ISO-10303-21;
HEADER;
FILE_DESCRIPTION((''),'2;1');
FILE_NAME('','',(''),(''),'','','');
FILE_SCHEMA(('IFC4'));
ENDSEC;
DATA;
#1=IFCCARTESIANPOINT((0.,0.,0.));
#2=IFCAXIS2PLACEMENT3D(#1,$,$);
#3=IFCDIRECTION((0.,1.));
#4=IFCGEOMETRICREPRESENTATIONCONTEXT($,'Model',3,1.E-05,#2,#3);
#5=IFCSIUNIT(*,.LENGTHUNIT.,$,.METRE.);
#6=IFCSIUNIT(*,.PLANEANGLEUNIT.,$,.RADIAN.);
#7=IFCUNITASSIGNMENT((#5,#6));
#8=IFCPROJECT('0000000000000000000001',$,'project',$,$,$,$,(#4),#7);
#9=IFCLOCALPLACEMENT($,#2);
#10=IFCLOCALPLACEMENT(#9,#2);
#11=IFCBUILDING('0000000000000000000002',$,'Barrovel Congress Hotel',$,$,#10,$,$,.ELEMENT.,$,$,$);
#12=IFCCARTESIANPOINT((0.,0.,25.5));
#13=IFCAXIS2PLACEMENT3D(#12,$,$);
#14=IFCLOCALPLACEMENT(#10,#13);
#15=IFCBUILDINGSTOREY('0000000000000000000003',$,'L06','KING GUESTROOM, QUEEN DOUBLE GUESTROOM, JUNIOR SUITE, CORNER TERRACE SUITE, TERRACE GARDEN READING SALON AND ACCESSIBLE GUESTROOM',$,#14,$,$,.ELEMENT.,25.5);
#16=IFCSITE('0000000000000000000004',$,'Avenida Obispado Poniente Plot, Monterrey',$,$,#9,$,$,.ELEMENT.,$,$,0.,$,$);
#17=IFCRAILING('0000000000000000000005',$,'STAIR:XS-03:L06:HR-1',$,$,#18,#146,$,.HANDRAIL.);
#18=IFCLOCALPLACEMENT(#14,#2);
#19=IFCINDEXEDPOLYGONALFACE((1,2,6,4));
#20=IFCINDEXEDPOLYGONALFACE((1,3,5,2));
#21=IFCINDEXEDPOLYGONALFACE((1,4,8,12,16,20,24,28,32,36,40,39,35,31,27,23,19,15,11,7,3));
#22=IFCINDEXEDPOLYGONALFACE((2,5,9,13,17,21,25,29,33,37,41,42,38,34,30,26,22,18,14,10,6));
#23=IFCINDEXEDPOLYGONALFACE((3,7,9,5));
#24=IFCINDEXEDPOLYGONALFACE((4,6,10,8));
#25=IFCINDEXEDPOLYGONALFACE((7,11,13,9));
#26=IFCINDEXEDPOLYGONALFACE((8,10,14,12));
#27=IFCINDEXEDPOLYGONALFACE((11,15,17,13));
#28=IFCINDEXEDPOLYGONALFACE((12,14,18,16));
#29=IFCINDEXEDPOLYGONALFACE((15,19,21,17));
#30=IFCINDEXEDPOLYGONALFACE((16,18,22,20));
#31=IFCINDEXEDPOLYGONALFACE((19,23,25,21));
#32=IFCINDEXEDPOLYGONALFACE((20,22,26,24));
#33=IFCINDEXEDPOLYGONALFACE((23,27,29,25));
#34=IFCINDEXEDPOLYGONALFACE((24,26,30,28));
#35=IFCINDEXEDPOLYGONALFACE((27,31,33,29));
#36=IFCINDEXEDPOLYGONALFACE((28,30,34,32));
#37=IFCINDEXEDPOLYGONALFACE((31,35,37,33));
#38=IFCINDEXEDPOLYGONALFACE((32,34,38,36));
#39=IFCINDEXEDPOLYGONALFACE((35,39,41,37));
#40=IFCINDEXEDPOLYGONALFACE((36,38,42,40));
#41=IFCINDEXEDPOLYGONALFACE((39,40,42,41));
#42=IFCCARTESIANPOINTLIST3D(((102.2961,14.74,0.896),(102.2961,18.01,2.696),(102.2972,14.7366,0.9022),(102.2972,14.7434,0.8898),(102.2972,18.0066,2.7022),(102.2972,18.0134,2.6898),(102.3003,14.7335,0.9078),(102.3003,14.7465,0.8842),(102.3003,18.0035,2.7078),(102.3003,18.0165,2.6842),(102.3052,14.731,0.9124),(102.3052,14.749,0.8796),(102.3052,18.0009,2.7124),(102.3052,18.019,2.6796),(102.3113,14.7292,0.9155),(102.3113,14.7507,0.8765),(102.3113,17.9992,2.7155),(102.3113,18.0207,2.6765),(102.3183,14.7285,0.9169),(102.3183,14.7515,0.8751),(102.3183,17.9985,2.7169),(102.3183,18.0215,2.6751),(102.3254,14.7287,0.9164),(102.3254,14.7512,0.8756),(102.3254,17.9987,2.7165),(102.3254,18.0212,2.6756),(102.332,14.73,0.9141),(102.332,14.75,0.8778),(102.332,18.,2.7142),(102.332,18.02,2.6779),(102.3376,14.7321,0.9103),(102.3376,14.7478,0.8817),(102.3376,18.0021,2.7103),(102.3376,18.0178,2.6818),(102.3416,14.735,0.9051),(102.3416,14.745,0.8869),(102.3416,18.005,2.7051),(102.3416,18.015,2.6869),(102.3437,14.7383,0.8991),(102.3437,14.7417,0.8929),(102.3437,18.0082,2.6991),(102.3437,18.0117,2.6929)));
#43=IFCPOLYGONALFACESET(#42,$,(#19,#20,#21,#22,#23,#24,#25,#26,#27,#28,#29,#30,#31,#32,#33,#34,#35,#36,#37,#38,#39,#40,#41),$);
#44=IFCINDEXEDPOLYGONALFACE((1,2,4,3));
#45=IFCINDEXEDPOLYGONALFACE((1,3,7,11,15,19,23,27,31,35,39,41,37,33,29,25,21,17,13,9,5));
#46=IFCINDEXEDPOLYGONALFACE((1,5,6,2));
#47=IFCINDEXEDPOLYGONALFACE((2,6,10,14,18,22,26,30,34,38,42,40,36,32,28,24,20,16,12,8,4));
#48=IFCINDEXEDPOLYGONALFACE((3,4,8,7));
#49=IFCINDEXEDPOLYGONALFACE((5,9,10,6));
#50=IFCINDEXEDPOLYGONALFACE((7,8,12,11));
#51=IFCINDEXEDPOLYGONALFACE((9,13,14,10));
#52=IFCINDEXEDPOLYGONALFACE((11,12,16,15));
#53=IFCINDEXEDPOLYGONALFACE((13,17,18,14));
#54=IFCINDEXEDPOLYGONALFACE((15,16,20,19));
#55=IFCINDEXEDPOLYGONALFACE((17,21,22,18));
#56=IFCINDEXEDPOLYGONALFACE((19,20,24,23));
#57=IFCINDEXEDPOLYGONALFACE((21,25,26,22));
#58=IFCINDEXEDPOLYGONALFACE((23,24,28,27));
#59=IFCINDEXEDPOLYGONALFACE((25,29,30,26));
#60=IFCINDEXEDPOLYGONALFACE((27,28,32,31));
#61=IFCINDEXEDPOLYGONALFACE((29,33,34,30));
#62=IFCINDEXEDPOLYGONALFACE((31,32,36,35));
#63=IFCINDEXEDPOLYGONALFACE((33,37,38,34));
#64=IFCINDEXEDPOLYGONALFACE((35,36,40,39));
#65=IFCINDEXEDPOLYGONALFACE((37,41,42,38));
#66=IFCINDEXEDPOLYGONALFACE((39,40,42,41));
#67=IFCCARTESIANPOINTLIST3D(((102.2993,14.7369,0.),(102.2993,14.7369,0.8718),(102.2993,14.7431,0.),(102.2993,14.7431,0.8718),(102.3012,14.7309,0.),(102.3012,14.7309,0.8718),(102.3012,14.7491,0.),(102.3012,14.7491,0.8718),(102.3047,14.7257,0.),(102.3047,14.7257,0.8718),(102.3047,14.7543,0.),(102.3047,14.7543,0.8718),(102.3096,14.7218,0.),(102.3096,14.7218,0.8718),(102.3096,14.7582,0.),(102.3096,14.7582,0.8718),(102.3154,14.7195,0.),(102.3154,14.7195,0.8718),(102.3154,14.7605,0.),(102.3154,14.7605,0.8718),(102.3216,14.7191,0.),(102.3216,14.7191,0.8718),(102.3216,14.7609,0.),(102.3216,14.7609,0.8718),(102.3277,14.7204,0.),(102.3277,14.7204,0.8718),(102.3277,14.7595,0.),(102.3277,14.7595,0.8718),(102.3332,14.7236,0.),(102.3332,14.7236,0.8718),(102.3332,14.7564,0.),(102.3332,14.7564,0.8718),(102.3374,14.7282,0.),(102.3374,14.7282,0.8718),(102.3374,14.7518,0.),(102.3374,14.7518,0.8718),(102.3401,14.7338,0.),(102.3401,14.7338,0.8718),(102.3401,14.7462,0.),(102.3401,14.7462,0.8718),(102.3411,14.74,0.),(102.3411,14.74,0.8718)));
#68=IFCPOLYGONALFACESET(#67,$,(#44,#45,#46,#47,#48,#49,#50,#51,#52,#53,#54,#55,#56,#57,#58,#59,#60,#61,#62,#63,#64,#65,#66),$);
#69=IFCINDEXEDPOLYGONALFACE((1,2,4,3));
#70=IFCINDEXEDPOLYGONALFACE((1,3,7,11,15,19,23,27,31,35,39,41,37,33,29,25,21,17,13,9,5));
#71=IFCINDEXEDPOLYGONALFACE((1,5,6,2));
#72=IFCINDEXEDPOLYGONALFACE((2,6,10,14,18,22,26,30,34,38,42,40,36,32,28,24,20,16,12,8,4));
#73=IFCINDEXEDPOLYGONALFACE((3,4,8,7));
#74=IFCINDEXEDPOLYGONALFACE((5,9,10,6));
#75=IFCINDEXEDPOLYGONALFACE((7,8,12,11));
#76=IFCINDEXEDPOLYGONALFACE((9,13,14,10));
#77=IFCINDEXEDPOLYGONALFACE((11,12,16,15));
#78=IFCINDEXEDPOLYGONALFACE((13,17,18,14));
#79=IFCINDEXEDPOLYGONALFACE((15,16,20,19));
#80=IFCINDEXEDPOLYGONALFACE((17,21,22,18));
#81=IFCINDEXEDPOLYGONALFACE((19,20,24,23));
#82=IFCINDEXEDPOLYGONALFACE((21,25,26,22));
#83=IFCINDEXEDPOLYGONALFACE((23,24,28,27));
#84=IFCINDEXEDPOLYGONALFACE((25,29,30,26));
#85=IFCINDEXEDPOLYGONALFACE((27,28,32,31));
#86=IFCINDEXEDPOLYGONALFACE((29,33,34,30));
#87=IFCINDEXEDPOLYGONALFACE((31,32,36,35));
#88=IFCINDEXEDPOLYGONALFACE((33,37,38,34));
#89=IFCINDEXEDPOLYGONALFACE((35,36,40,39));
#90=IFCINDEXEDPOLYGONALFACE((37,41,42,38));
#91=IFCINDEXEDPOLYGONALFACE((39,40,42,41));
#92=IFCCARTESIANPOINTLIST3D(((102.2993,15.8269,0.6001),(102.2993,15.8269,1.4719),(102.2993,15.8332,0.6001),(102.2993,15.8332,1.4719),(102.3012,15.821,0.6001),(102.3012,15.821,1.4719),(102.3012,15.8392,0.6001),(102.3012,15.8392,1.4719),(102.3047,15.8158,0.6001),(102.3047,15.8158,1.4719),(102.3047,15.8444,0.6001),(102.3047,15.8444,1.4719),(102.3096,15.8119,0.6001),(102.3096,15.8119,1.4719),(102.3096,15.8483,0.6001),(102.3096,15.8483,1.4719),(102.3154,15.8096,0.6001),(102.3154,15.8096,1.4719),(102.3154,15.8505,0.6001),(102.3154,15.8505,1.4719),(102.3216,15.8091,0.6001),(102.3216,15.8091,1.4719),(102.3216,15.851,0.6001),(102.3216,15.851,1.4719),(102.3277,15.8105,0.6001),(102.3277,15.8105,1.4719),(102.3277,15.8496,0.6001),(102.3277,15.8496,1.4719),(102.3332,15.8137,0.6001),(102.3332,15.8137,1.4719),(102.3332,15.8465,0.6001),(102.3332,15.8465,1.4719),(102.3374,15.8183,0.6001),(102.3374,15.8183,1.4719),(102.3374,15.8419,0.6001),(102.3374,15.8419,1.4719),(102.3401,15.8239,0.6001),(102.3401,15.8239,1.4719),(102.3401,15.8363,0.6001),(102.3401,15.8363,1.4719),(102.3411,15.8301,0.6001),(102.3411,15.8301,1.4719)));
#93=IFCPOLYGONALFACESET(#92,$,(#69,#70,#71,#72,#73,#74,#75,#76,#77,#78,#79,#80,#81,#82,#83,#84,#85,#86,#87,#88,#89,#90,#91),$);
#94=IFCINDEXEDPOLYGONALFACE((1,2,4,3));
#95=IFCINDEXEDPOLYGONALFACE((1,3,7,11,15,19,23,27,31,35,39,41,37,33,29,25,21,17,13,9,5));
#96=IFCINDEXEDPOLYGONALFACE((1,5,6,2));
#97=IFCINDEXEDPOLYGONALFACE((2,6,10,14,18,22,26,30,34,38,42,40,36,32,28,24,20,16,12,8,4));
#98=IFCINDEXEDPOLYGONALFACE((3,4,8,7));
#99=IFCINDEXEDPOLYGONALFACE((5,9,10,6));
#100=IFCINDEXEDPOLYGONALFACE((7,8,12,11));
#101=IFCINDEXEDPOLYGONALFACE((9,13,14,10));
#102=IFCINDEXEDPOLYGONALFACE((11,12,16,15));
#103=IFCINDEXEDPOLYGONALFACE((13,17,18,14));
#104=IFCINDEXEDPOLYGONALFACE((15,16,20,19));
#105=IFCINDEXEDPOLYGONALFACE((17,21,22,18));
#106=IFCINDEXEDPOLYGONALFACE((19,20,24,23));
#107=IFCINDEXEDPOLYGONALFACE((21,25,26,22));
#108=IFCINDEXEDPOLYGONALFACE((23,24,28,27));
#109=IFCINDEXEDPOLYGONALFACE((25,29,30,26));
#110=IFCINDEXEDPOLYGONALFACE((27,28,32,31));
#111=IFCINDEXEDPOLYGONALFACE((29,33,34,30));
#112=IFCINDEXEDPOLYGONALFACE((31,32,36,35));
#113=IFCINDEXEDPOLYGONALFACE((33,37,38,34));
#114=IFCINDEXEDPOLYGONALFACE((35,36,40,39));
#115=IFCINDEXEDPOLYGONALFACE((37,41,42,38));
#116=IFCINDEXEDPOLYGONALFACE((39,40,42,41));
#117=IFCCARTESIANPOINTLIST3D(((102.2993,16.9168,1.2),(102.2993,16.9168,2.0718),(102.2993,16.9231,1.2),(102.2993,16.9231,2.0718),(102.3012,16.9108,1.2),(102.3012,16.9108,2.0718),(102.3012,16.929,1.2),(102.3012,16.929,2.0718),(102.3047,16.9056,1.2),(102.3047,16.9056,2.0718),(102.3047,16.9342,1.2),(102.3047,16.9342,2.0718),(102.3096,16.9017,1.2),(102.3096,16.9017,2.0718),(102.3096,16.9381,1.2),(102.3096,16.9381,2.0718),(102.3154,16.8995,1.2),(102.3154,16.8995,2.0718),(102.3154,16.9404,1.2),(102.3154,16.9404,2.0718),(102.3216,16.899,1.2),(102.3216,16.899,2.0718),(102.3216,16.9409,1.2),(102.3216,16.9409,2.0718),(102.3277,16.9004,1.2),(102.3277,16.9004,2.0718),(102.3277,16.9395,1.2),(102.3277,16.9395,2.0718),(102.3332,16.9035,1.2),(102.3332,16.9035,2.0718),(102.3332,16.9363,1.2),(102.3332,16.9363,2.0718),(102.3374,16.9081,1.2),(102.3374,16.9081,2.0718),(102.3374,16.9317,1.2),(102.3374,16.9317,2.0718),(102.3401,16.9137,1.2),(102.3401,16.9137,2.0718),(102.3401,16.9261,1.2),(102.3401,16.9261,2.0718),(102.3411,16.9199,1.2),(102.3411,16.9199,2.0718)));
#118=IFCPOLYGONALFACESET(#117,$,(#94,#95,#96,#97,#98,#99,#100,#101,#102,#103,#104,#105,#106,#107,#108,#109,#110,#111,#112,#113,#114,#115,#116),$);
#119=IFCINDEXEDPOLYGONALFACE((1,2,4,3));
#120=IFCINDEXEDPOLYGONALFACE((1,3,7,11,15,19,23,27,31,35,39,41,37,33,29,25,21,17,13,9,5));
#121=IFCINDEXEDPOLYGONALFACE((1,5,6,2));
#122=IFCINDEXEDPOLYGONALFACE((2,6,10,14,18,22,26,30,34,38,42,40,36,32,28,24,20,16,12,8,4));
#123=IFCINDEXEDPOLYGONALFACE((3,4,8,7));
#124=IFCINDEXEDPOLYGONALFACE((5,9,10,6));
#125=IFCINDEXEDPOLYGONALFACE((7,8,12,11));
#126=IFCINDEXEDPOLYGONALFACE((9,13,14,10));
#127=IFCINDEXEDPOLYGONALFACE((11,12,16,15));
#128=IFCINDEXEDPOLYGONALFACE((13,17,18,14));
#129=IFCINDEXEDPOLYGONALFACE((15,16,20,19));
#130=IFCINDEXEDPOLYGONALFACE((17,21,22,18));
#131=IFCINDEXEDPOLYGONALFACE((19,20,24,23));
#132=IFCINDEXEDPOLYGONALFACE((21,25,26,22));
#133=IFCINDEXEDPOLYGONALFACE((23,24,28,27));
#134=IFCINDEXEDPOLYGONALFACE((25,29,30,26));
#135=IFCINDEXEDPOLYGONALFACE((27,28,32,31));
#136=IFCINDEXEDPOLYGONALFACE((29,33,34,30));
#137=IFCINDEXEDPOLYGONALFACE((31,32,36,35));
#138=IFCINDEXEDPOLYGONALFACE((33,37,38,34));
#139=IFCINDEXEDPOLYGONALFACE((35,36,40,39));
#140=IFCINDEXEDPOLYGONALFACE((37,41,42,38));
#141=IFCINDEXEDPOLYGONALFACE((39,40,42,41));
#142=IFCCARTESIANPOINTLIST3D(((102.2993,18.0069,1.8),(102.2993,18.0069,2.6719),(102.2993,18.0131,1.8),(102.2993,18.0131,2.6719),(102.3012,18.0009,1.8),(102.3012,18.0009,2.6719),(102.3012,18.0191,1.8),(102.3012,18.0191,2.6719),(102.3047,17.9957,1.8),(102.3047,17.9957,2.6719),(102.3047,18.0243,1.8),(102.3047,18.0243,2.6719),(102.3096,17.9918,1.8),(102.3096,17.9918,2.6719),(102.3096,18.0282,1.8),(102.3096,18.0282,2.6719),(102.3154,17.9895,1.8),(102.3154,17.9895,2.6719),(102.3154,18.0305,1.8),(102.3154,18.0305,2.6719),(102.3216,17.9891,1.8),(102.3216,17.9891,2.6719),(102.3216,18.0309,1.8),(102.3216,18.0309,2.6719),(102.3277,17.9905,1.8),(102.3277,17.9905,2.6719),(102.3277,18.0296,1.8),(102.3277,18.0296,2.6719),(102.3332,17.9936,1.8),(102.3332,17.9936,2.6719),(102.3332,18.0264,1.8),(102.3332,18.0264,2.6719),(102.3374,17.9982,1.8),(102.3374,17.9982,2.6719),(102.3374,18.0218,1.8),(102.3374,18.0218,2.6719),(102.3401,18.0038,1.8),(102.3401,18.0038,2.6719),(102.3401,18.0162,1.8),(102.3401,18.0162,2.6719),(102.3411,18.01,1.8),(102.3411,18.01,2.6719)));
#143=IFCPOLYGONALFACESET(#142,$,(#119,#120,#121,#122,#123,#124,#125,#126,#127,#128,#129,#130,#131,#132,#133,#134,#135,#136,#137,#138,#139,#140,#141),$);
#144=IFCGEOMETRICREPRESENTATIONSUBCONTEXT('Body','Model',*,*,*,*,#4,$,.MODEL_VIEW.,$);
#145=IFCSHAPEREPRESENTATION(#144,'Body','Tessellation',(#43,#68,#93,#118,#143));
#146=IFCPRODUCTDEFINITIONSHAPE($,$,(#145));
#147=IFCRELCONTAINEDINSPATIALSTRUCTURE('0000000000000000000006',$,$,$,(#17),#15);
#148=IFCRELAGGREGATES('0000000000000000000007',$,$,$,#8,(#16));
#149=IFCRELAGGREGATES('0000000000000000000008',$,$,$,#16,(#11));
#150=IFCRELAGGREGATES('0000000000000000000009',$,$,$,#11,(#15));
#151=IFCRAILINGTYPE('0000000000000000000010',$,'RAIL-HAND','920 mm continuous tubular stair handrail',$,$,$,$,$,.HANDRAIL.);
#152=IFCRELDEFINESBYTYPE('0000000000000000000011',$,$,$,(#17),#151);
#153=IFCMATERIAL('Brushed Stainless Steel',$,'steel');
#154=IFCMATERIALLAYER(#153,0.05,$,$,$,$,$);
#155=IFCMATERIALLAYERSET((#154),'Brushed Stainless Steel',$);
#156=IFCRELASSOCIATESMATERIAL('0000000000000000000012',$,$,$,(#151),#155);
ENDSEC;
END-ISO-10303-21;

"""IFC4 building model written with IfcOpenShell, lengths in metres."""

from ifc_helpers import new_model, si_unit, direction, frame, origin, origin_2d, place, context, subcontext, project, spatial, circle, extrude, material, layer, layer_set, type_object, element, save


model = new_model("IFC4")

# Units and contexts
model_context = context("Model", 3, precision=1e-05, world=origin(), true_north=direction((0.0, 1.0)))
body_context = subcontext(model_context, "Body", "Model", "MODEL_VIEW")
ifc_project = project(units=[si_unit("LENGTHUNIT", "METRE"), si_unit("PLANEANGLEUNIT", "RADIAN")], contexts=[model_context])

# Site, building, storey
site_placement = place(None, origin())
site = spatial("IfcSite", under=ifc_project, at=site_placement, Name="Avenida Obispado Poniente Plot, Monterrey", CompositionType="ELEMENT", RefElevation=0.0)
building_placement = place(site_placement, origin())
building = spatial("IfcBuilding", under=site, at=building_placement, Name="Barrovel Congress Hotel", CompositionType="ELEMENT")
storey_placement = place(building_placement, frame((0.0, 0.0, 25.5)))
storey = spatial("IfcBuildingStorey", under=building, at=storey_placement, Name="L06", Description="KING GUESTROOM, QUEEN DOUBLE GUESTROOM, JUNIOR SUITE, CORNER TERRACE SUITE, TERRACE GARDEN READING SALON AND ACCESSIBLE GUESTROOM", CompositionType="ELEMENT", Elevation=25.5)

# Railing
ifc_material_1 = material(Name="Brushed Stainless Steel", Category="steel")
ifc_layer_1 = layer(ifc_material_1, 0.05)
ifc_layer_set_1 = layer_set([ifc_layer_1], Name="Brushed Stainless Steel")
railing_type_1 = type_object("IfcRailingType", Name="RAIL-HAND", Description="920 mm continuous tubular stair handrail", PredefinedType="HANDRAIL", material=ifc_layer_set_1)
railing_1_placement = place(storey_placement, frame((102.3201, 14.74, 0.0)))
element("IfcRailing", 1, at=railing_1_placement, inside=storey, type_object=railing_type_1, Name="STAIR:XS-03:L06:HR-1", PredefinedType="HANDRAIL", context=body_context, shape_type="SweptSolid", body=[
    extrude(circle(Radius=0.0239, at=origin_2d()), frame((0.0, 0.0, 0.896), z_axis=(0.0, 0.876042, 0.482235), x_axis=(-1.0, 0.0, 0.0)), (0.0, 0.0, 1.0), 3.7327),
    extrude(circle(Radius=0.021, at=origin_2d()), origin(), (0.0, 0.0, 1.0), 0.8718),
    extrude(circle(Radius=0.021, at=origin_2d()), frame((0.0, 1.0901, 0.6001)), (0.0, 0.0, 1.0), 0.8718),
    extrude(circle(Radius=0.021, at=origin_2d()), frame((0.0, 2.1799, 1.2)), (0.0, 0.0, 1.0), 0.8718),
    extrude(circle(Radius=0.021, at=origin_2d()), frame((0.0, 3.27, 1.8)), (0.0, 0.0, 1.0), 0.8718),
])

save(model, "model.ifc")
